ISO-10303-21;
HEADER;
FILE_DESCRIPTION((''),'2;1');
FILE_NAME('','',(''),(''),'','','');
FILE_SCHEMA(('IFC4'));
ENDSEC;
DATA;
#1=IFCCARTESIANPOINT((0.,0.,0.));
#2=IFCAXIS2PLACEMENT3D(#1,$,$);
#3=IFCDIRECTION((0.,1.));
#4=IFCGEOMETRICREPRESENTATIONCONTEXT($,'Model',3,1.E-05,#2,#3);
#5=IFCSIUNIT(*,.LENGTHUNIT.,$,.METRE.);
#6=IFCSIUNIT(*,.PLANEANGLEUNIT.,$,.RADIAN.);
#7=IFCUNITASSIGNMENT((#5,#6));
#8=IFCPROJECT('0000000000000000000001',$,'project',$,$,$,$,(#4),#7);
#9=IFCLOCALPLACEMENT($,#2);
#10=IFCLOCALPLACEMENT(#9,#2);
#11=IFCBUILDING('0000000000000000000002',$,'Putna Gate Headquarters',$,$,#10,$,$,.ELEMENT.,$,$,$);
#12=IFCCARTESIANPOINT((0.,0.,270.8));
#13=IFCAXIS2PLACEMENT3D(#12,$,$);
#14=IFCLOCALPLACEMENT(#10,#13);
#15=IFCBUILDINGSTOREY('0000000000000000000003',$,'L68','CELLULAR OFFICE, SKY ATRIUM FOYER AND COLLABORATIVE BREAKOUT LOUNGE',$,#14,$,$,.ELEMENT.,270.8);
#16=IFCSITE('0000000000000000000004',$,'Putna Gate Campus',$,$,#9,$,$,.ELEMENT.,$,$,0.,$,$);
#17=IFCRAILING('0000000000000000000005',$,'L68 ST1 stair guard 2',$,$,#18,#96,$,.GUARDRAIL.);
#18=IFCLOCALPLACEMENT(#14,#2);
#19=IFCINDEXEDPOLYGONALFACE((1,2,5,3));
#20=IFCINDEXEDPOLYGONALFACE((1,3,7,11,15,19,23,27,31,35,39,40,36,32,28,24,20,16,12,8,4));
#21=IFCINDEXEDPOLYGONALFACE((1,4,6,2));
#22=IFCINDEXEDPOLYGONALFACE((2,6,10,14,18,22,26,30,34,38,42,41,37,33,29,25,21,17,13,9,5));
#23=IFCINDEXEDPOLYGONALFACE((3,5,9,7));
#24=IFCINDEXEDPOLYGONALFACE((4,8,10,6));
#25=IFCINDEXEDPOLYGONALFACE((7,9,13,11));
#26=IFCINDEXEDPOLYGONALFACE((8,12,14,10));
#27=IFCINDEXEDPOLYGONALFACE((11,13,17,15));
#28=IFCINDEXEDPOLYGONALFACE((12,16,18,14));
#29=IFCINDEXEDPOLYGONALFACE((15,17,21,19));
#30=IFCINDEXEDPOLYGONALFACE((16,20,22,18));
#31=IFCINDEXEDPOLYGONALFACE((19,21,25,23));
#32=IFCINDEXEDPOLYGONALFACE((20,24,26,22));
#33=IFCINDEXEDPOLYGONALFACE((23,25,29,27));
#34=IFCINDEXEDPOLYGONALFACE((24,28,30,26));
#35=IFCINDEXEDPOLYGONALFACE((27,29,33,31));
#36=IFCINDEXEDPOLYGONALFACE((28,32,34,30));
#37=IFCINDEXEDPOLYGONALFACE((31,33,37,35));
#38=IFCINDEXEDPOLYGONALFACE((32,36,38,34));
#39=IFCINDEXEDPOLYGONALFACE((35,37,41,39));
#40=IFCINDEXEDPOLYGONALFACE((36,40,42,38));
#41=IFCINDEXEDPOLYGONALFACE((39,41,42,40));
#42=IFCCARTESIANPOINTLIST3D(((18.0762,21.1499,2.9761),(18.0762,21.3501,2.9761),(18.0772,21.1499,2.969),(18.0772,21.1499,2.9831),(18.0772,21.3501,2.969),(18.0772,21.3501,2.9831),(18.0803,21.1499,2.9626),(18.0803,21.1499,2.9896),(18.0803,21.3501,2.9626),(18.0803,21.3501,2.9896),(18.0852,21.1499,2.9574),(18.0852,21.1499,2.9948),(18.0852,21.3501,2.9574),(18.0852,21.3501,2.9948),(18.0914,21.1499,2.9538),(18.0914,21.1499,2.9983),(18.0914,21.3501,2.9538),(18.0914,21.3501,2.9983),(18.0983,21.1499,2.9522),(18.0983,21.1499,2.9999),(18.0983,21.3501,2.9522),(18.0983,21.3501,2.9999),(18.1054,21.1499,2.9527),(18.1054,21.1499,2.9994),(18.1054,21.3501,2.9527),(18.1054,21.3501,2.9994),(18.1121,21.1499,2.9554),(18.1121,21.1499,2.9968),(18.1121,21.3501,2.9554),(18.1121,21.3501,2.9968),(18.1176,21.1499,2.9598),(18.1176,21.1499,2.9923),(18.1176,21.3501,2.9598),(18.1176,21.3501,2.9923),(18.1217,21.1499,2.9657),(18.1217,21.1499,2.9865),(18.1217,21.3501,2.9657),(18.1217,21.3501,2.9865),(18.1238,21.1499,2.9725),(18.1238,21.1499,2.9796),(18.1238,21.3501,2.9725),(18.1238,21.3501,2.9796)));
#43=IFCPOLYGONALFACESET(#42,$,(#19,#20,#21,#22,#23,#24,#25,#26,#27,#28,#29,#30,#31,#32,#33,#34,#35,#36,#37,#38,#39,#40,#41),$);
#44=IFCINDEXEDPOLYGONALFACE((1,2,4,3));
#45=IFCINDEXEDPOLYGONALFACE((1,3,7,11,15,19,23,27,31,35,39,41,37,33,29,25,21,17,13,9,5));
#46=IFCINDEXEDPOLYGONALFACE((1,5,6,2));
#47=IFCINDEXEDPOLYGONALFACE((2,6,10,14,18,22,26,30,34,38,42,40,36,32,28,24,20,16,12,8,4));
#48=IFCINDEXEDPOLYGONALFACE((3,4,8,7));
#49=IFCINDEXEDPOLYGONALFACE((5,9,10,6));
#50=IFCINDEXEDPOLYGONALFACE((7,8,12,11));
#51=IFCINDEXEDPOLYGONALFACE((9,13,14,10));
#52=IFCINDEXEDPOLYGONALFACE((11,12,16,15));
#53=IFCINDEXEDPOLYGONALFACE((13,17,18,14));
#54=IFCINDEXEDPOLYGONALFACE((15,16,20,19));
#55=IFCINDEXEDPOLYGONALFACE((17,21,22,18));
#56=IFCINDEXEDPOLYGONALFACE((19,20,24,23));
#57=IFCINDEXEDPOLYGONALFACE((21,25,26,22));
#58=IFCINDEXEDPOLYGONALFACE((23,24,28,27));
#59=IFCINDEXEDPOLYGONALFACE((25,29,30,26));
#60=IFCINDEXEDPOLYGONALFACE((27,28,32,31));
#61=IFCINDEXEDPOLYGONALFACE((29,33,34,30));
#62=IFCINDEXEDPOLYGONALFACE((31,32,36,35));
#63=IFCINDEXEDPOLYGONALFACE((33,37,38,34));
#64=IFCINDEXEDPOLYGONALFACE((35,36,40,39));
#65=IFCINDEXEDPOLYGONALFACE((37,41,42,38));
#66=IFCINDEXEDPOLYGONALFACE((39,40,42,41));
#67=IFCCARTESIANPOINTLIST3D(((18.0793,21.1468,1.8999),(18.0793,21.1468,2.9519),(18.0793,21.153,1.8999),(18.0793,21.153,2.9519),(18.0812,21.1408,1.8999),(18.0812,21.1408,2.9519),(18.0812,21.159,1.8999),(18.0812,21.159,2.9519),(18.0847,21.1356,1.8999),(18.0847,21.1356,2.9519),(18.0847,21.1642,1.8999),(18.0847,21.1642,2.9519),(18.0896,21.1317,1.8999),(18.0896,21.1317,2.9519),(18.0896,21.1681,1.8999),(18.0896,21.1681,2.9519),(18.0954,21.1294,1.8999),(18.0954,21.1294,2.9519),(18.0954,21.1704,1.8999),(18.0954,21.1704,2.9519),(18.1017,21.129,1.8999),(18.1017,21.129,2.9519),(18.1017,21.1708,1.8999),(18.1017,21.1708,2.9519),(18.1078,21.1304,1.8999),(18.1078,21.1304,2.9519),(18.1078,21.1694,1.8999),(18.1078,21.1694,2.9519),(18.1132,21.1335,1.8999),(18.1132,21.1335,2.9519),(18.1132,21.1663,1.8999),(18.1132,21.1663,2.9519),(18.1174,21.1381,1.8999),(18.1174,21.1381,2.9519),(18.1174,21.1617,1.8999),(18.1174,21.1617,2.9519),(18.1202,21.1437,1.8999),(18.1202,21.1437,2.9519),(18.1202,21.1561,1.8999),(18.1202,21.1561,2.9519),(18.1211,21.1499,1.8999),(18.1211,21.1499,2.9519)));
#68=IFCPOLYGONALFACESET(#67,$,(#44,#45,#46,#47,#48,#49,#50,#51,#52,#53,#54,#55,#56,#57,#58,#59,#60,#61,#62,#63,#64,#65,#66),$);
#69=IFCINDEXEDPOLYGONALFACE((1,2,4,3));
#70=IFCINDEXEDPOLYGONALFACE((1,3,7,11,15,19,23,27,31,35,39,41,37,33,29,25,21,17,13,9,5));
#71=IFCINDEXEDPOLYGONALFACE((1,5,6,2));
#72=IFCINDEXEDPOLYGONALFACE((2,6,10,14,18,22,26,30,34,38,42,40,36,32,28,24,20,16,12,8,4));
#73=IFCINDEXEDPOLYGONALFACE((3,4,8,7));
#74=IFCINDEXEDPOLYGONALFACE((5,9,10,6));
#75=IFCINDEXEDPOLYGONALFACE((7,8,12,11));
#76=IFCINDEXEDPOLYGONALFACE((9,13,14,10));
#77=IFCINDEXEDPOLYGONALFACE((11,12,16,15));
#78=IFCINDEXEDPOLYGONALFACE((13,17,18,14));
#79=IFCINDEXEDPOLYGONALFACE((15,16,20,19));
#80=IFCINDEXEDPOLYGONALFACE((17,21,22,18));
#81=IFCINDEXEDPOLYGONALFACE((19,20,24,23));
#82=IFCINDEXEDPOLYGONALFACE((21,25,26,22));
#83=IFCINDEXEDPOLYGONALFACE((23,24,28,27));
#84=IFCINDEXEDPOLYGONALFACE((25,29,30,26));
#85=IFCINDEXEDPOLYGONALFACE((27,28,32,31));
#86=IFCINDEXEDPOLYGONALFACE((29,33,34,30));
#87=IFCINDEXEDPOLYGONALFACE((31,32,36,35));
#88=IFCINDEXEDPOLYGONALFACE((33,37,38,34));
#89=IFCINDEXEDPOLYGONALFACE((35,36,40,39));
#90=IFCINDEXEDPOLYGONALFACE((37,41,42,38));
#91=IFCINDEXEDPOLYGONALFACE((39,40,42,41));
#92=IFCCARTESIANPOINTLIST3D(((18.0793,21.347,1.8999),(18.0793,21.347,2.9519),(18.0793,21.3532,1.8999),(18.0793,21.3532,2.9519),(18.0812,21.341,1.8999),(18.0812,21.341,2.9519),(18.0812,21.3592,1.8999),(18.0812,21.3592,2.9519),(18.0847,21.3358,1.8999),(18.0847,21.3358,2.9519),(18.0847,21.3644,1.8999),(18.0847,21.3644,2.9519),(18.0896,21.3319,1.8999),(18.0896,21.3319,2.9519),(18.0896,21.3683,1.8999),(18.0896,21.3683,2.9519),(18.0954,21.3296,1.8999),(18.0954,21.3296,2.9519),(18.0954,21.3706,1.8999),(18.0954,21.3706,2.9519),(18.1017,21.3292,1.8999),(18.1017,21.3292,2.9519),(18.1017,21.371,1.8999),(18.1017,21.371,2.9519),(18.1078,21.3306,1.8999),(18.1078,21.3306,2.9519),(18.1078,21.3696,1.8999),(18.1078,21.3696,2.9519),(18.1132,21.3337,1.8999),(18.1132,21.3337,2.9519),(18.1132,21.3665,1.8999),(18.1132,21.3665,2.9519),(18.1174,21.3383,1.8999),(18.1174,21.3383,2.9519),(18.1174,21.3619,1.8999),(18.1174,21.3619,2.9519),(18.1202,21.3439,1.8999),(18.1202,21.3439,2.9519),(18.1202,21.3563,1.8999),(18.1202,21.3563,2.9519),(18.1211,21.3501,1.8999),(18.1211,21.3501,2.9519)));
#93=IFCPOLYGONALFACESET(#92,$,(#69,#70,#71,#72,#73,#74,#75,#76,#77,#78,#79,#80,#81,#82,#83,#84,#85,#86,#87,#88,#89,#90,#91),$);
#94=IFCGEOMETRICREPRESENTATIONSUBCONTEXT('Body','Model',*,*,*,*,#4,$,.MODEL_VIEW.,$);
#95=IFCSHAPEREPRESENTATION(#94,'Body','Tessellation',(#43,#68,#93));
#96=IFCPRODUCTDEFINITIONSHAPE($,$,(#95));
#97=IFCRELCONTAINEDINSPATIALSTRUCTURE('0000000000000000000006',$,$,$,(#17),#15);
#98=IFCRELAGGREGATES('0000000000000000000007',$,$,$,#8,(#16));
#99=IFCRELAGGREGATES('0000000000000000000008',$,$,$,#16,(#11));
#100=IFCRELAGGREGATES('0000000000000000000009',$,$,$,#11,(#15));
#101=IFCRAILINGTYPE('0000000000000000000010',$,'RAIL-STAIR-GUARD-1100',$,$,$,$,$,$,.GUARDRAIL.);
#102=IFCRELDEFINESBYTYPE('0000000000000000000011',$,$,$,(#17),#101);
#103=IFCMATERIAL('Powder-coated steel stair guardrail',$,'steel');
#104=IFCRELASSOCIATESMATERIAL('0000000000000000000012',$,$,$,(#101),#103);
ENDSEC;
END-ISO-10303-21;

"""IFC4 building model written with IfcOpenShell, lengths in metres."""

from ifc_helpers import new_model, si_unit, direction, frame, origin, origin_2d, place, context, subcontext, project, spatial, circle, extrude, material, type_object, element, save


model = new_model("IFC4")

# Units and contexts
model_context = context("Model", 3, precision=1e-05, world=origin(), true_north=direction((0.0, 1.0)))
body_context = subcontext(model_context, "Body", "Model", "MODEL_VIEW")
ifc_project = project(units=[si_unit("LENGTHUNIT", "METRE"), si_unit("PLANEANGLEUNIT", "RADIAN")], contexts=[model_context])

# Site, building, storey
site_placement = place(None, origin())
site = spatial("IfcSite", under=ifc_project, at=site_placement, Name="Putna Gate Campus", CompositionType="ELEMENT", RefElevation=0.0)
building_placement = place(site_placement, origin())
building = spatial("IfcBuilding", under=site, at=building_placement, Name="Putna Gate Headquarters", CompositionType="ELEMENT")
storey_placement = place(building_placement, frame((0.0, 0.0, 270.8)))
storey = spatial("IfcBuildingStorey", under=building, at=storey_placement, Name="L68", Description="CELLULAR OFFICE, SKY ATRIUM FOYER AND COLLABORATIVE BREAKOUT LOUNGE", CompositionType="ELEMENT", Elevation=270.8)

# Railing
ifc_material_1 = material(Name="Powder-coated steel stair guardrail", Category="steel")
railing_type_1 = type_object("IfcRailingType", Name="RAIL-STAIR-GUARD-1100", PredefinedType="GUARDRAIL", material=ifc_material_1)
railing_1_placement = place(storey_placement, frame((18.1001, 21.1499, 1.8999)))
element("IfcRailing", 1, at=railing_1_placement, inside=storey, type_object=railing_type_1, Name="L68 ST1 stair guard 2", PredefinedType="GUARDRAIL", context=body_context, shape_type="SweptSolid", body=[
    extrude(circle(Radius=0.0239, at=origin_2d()), frame((0.0, 0.0, 1.0762), z_axis=(0.0, 1.0, 0.0), x_axis=(-1.0, 0.0, 0.0)), (0.0, 0.0, 1.0), 0.2002),
    extrude(circle(Radius=0.021, at=origin_2d()), origin(), (0.0, 0.0, 1.0), 1.052),
    extrude(circle(Radius=0.021, at=origin_2d()), frame((0.0, 0.2002, 0.0)), (0.0, 0.0, 1.0), 1.052),
])

save(model, "model.ifc")
